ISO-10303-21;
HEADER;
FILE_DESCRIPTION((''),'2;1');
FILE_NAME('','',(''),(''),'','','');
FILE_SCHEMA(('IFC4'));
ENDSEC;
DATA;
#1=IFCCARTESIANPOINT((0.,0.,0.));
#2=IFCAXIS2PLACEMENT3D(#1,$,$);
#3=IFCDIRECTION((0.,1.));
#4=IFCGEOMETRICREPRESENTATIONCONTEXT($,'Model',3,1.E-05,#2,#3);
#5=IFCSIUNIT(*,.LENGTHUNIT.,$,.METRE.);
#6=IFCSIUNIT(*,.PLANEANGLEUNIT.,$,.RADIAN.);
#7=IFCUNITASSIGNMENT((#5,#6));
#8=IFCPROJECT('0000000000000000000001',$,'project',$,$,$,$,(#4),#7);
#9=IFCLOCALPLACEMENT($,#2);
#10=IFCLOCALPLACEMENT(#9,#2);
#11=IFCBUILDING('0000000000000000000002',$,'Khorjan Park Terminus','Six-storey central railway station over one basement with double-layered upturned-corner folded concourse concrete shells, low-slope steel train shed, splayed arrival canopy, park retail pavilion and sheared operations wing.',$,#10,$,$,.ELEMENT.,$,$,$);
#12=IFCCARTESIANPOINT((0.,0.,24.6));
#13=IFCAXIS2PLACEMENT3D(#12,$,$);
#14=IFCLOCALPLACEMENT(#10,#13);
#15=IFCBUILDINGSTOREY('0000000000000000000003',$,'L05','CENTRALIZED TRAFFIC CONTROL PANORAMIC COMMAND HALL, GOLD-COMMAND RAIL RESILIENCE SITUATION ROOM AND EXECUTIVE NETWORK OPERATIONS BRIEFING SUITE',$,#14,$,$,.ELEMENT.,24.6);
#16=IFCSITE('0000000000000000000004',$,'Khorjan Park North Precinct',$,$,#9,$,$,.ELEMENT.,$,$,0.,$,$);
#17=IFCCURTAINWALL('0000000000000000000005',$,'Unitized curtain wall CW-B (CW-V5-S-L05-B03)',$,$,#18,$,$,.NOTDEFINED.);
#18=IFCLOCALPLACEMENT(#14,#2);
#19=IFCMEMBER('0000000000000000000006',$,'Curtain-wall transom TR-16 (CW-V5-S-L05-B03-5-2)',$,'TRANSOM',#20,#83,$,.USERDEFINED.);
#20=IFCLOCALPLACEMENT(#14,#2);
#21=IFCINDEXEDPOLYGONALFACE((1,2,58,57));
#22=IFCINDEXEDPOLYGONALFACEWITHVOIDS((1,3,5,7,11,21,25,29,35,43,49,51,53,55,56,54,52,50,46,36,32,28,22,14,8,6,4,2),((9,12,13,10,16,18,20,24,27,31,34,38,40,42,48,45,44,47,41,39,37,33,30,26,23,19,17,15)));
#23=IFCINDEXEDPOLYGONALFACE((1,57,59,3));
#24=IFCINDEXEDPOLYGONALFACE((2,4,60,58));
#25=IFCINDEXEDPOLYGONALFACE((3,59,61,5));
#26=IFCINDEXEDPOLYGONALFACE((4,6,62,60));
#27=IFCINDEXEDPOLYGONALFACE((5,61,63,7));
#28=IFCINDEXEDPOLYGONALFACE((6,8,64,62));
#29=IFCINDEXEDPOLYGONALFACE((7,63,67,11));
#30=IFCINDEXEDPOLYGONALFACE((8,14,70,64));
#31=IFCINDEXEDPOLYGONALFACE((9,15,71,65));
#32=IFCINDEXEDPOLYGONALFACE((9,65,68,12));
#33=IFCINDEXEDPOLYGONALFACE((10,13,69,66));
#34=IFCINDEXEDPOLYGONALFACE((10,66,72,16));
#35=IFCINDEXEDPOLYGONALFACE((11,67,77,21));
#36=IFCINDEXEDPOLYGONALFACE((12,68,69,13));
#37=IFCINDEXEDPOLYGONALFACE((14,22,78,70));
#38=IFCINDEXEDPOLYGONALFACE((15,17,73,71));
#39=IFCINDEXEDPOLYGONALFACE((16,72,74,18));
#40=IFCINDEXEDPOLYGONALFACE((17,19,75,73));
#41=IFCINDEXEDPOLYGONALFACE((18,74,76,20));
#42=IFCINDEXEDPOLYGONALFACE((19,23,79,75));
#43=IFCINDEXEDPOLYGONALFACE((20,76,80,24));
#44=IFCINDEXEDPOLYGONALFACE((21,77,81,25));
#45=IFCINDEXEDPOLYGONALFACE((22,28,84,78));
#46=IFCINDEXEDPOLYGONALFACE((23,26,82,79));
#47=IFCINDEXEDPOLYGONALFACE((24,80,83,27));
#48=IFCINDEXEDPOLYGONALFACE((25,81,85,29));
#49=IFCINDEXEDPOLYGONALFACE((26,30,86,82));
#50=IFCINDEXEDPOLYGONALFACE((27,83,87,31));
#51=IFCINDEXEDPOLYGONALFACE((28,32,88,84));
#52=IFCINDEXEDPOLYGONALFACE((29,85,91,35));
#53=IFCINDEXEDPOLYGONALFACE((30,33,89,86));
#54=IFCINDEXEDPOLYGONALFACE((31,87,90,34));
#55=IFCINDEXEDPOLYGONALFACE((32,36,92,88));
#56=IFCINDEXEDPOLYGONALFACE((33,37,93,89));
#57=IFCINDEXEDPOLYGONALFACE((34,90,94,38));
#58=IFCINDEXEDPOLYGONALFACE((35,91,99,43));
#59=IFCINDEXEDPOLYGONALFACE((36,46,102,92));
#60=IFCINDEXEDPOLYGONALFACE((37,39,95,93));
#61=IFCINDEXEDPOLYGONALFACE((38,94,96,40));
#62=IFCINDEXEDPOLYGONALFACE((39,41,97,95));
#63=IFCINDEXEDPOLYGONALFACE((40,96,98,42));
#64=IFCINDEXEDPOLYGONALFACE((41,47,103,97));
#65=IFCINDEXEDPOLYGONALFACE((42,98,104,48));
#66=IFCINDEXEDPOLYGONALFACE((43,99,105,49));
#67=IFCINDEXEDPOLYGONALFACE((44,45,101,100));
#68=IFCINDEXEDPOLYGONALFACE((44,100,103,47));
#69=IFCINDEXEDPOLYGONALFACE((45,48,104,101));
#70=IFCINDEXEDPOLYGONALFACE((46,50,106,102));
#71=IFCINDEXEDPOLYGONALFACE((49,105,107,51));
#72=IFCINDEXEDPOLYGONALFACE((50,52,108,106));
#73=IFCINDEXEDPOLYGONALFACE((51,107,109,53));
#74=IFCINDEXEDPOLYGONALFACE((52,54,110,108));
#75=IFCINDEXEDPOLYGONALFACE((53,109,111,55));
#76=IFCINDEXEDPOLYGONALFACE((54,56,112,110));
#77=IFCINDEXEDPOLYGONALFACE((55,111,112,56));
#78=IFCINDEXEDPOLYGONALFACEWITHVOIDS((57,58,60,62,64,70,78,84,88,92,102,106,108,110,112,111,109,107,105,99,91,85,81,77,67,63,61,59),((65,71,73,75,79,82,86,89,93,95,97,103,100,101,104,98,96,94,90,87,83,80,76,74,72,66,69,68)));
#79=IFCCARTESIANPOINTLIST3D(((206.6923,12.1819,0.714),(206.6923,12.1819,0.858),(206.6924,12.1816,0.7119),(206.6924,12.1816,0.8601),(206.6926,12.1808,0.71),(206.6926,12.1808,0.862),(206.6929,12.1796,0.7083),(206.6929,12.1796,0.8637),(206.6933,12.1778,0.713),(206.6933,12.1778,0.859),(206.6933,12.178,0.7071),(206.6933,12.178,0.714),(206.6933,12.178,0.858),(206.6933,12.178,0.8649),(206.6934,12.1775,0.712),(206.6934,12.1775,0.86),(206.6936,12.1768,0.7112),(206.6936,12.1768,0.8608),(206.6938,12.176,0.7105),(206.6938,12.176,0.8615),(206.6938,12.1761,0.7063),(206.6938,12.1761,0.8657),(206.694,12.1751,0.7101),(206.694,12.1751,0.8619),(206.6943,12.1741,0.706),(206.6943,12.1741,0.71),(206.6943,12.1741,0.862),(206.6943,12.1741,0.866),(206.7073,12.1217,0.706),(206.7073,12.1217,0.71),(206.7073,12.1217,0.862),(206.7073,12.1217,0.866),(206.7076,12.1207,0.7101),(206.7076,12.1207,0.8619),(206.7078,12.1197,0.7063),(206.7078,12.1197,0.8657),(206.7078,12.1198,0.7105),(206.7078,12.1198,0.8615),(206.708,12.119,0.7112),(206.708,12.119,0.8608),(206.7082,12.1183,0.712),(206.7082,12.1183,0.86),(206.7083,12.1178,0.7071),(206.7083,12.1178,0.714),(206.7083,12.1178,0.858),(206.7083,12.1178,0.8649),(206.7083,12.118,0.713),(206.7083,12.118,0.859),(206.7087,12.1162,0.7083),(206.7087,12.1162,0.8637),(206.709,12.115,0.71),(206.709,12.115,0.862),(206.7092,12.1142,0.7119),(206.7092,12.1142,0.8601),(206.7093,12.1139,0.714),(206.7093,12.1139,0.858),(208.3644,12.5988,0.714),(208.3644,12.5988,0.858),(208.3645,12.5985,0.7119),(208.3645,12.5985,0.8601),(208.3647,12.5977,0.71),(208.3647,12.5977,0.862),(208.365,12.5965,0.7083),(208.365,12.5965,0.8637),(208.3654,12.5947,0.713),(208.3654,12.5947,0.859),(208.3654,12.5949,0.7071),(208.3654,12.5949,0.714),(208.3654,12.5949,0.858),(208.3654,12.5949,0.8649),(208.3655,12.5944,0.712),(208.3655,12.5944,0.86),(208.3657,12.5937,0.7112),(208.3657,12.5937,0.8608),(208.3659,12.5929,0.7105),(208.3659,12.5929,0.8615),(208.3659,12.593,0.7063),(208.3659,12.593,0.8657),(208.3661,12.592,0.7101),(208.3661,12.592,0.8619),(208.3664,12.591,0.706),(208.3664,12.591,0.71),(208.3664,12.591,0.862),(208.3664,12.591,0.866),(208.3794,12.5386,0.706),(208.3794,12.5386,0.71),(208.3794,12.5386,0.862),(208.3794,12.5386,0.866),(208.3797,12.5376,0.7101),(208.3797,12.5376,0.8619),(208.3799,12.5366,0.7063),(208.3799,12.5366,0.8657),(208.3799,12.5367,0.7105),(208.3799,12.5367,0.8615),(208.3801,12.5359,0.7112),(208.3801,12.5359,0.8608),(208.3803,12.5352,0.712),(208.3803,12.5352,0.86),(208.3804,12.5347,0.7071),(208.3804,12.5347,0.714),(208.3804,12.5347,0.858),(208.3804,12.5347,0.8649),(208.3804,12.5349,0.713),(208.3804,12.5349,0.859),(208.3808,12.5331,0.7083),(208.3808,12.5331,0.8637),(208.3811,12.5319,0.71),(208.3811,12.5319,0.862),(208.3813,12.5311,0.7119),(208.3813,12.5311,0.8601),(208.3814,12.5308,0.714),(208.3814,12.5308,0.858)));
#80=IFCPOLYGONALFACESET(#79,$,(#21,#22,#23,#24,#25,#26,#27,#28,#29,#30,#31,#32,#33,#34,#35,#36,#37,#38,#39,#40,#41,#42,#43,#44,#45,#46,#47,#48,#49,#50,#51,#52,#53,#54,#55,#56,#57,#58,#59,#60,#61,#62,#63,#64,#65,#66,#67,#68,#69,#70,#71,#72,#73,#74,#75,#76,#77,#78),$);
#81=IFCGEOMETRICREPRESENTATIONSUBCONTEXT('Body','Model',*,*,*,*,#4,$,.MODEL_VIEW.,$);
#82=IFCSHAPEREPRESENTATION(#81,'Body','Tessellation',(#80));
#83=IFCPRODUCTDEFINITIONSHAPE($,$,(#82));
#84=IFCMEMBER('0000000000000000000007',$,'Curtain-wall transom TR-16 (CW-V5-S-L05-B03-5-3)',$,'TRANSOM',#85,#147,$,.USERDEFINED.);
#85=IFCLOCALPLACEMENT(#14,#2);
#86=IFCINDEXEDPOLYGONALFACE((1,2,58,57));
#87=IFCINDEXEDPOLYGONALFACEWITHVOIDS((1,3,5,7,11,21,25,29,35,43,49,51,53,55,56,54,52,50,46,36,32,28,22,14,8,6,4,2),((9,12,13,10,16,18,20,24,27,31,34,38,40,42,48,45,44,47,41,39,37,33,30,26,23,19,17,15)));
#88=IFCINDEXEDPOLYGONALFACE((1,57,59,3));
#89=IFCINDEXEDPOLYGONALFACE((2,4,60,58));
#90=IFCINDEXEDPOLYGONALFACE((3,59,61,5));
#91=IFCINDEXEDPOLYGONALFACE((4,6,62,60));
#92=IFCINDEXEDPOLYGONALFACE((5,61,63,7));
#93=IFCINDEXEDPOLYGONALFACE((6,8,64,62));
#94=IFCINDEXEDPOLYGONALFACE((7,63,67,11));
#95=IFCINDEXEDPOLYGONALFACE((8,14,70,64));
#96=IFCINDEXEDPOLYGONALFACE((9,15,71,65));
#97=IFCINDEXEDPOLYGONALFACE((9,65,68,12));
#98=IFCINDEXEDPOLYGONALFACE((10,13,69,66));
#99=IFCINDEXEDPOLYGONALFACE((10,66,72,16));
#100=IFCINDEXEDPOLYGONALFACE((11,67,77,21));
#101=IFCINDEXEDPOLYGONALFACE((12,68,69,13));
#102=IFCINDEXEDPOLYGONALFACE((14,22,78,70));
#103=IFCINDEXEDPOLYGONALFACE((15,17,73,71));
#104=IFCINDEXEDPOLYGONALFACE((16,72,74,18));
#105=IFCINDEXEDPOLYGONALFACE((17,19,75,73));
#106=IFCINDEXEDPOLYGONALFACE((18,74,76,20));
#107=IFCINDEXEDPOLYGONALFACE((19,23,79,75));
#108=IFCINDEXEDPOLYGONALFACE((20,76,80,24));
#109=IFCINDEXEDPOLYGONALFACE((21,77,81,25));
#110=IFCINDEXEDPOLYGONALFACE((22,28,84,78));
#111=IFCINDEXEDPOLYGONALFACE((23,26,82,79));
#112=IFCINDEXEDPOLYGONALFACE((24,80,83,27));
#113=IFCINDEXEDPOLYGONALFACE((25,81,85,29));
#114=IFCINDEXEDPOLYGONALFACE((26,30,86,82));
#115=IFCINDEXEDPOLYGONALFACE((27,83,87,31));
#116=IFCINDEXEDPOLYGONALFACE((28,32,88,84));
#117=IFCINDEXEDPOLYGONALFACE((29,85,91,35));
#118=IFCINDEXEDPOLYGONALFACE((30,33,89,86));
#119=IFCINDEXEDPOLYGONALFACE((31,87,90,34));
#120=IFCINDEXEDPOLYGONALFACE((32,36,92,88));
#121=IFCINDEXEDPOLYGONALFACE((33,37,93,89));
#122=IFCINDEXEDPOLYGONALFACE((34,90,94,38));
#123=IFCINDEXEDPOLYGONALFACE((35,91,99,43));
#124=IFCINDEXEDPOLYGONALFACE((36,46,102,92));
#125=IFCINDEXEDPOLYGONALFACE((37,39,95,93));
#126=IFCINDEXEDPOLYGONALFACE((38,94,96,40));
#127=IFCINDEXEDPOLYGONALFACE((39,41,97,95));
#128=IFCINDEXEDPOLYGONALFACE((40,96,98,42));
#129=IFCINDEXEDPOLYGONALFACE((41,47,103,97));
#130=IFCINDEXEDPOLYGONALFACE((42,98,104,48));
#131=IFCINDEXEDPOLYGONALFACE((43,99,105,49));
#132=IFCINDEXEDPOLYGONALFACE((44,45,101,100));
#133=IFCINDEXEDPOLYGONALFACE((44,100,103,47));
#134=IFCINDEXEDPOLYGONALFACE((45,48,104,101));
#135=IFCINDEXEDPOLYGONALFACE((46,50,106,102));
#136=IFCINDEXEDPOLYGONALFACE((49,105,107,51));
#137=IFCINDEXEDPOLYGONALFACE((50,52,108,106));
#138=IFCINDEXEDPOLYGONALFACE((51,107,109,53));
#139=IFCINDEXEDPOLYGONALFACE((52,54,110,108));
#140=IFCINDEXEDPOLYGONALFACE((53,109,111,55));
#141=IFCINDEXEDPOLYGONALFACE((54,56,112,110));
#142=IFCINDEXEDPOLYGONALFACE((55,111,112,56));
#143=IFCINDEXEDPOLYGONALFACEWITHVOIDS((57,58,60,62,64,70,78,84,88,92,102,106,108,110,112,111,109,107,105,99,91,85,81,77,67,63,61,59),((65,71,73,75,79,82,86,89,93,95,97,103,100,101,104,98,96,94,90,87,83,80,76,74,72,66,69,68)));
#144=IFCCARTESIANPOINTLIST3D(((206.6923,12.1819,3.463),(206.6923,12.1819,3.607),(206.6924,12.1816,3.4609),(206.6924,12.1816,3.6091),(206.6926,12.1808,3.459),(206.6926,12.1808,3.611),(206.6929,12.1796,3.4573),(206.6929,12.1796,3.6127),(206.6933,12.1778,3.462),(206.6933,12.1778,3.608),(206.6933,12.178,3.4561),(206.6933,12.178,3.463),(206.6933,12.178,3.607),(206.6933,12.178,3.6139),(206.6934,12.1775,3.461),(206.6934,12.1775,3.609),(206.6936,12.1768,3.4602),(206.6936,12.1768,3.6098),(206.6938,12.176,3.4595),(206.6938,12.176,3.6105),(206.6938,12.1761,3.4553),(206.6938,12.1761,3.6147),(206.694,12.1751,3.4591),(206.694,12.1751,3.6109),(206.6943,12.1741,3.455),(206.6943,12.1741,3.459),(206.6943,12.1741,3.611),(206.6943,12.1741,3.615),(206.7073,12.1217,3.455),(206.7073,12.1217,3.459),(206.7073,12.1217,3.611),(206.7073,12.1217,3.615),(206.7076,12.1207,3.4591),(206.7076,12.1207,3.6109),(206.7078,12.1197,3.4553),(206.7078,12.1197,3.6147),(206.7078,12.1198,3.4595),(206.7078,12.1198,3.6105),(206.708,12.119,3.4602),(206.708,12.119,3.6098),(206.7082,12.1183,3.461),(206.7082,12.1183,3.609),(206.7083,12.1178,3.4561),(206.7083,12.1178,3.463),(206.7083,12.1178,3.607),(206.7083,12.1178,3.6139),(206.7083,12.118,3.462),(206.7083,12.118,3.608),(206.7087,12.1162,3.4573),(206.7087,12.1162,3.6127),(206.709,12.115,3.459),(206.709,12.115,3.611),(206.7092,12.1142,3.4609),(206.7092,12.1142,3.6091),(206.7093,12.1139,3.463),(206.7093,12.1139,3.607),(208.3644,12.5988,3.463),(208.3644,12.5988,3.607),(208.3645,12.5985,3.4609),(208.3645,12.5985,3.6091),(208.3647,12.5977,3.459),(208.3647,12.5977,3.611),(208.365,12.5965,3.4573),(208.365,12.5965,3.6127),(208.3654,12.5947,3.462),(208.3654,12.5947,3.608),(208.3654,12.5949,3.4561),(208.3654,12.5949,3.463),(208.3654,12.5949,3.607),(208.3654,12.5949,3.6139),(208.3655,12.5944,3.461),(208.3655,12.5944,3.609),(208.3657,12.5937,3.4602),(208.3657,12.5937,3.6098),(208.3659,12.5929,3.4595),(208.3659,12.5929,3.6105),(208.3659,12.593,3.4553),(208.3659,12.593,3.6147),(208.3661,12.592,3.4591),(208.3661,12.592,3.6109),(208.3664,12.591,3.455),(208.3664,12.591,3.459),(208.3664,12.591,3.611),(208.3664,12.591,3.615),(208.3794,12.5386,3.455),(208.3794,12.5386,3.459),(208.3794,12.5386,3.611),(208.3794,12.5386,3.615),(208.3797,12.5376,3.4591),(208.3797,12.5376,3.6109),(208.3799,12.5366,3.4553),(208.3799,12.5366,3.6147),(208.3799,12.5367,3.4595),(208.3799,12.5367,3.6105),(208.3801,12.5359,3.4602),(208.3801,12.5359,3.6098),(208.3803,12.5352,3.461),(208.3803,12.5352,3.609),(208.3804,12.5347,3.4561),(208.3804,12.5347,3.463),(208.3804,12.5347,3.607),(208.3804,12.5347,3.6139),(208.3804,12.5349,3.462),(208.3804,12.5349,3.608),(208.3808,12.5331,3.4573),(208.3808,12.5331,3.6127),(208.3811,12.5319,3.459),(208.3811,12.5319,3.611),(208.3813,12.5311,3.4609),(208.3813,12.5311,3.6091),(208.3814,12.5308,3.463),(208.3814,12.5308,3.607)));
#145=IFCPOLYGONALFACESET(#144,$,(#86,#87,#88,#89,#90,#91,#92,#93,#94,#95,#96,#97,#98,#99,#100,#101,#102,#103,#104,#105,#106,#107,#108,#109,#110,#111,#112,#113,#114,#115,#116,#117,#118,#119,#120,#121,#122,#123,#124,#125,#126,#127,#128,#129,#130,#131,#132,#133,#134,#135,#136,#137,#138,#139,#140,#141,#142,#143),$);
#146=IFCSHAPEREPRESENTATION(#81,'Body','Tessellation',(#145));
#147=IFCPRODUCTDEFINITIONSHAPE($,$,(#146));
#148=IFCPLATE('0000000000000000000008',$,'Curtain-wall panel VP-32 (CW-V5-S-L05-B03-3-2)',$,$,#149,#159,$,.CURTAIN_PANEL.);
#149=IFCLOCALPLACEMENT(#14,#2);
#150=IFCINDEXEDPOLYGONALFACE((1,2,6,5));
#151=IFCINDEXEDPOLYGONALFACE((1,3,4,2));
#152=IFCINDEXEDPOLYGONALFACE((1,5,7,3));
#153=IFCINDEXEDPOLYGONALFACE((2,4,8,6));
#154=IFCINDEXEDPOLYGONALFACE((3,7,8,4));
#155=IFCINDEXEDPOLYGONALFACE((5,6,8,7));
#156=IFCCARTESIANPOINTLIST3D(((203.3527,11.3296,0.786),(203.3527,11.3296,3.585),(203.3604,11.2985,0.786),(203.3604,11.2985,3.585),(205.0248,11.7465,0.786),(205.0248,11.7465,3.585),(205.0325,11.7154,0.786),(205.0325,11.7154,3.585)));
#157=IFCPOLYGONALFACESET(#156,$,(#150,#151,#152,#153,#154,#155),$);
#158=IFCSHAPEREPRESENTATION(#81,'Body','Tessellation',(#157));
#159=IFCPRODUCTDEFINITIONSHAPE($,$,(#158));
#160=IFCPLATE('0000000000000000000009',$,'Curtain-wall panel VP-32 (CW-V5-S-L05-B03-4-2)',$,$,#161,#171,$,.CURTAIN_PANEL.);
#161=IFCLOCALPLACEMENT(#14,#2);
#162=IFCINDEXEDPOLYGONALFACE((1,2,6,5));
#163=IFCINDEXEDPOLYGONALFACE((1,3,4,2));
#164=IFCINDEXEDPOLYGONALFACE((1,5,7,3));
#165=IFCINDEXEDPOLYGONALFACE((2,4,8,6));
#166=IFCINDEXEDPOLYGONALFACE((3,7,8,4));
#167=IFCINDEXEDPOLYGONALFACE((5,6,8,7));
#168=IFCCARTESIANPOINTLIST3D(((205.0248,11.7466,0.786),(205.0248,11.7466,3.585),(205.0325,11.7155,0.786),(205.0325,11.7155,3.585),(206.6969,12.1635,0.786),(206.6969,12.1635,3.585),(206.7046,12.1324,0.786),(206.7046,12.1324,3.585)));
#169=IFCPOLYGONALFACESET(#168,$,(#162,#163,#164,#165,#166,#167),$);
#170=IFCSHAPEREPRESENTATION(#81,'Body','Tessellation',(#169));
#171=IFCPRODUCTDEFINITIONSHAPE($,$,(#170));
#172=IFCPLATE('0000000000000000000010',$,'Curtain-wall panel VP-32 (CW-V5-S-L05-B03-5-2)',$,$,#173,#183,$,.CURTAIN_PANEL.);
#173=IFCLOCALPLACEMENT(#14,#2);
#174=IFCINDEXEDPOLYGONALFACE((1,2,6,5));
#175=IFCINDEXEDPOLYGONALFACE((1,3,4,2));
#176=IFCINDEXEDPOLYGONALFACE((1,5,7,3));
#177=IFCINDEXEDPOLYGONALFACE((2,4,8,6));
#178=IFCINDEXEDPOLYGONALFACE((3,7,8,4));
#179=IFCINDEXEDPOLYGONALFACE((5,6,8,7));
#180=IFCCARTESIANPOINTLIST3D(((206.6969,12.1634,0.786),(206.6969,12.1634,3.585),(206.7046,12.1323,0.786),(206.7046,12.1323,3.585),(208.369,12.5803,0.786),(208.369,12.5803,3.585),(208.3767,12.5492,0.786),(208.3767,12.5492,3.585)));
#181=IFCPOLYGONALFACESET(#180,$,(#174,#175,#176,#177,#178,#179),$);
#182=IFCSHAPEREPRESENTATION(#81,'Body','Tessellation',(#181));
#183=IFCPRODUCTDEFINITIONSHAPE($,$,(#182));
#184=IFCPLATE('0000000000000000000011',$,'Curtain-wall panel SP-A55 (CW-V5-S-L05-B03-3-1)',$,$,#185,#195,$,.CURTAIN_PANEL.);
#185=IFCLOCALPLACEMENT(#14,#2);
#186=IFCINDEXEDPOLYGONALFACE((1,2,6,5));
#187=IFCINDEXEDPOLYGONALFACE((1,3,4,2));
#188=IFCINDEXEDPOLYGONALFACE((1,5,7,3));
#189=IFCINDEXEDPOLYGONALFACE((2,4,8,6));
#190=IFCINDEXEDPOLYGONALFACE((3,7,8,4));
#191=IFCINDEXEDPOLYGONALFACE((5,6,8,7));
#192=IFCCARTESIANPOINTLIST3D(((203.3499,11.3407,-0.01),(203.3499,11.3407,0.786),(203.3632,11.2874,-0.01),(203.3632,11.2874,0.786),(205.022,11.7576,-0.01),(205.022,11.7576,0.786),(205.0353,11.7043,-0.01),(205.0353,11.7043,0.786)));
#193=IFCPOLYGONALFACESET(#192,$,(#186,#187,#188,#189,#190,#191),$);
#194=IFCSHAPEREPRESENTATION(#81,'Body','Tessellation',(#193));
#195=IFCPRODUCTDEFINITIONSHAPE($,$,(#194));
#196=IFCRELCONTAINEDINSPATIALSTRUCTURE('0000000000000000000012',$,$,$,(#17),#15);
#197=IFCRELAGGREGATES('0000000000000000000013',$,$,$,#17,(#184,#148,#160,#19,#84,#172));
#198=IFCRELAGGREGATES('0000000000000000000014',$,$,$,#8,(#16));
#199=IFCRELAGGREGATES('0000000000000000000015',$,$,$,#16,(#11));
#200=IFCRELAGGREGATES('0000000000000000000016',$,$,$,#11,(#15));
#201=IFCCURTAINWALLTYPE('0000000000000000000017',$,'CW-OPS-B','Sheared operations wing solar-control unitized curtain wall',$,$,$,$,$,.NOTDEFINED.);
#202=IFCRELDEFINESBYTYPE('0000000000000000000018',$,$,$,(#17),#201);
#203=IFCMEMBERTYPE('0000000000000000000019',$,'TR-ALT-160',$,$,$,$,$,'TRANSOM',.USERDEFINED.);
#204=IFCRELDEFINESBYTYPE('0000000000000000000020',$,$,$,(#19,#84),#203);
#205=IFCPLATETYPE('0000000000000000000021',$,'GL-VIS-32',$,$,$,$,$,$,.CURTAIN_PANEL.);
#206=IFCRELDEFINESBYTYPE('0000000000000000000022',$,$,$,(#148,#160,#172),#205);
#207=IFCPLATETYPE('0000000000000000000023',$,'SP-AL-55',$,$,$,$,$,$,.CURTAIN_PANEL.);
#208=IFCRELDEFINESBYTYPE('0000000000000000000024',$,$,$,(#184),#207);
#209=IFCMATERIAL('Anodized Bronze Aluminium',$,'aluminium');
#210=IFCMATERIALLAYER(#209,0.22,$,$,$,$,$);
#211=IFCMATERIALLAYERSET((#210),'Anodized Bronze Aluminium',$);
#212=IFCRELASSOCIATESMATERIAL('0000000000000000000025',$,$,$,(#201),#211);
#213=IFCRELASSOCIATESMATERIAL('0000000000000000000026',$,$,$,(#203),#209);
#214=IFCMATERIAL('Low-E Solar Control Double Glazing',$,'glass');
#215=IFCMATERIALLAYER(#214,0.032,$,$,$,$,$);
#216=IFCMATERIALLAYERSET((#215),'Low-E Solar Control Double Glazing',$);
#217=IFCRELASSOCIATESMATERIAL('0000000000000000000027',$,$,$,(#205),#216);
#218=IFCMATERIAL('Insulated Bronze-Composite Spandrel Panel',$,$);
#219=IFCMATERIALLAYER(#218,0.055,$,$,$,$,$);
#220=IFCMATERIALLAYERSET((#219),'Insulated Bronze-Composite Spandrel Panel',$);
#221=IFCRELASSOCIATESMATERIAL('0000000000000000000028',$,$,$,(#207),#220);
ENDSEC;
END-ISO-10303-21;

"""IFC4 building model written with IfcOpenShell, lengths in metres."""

from ifc_helpers import new_model, si_unit, direction, frame, origin, origin_2d, place, context, subcontext, project, spatial, rectangle, hollow_rectangle, extrude, material, layer, layer_set, material_profile, profile_set, type_object, element, aggregate, save


model = new_model("IFC4")

# Units and contexts
model_context = context("Model", 3, precision=1e-05, world=origin(), true_north=direction((0.0, 1.0)))
body_context = subcontext(model_context, "Body", "Model", "MODEL_VIEW")
ifc_project = project(units=[si_unit("LENGTHUNIT", "METRE"), si_unit("PLANEANGLEUNIT", "RADIAN")], contexts=[model_context])

# Site, building, storey
site_placement = place(None, origin())
site = spatial("IfcSite", under=ifc_project, at=site_placement, Name="Khorjan Park North Precinct", CompositionType="ELEMENT", RefElevation=0.0)
building_placement = place(site_placement, origin())
building = spatial("IfcBuilding", under=site, at=building_placement, Name="Khorjan Park Terminus", Description="Six-storey central railway station over one basement with double-layered upturned-corner folded concourse concrete shells, low-slope steel train shed, splayed arrival canopy, park retail pavilion and sheared operations wing.", CompositionType="ELEMENT")
storey_placement = place(building_placement, frame((0.0, 0.0, 24.6)))
storey = spatial("IfcBuildingStorey", under=building, at=storey_placement, Name="L05", Description="CENTRALIZED TRAFFIC CONTROL PANORAMIC COMMAND HALL, GOLD-COMMAND RAIL RESILIENCE SITUATION ROOM AND EXECUTIVE NETWORK OPERATIONS BRIEFING SUITE", CompositionType="ELEMENT", Elevation=24.6)

# Curtain wall, members, plates
ifc_material_1 = material(Name="Anodized Bronze Aluminium", Category="aluminium")
ifc_layer_1 = layer(ifc_material_1, 0.22)
ifc_layer_set_1 = layer_set([ifc_layer_1], Name="Anodized Bronze Aluminium")
curtain_wall_type = type_object("IfcCurtainWallType", Name="CW-OPS-B", Description="Sheared operations wing solar-control unitized curtain wall", PredefinedType="NOTDEFINED", material=ifc_layer_set_1)
curtain_wall_placement = place(storey_placement, origin())
curtain_wall = element("IfcCurtainWall", 1, at=curtain_wall_placement, inside=storey, type_object=curtain_wall_type, Name="Unitized curtain wall CW-B (CW-V5-S-L05-B03)", PredefinedType="NOTDEFINED")
ifc_material_profile_1 = material_profile(ifc_material_1, hollow_rectangle(XDim=0.07, YDim=0.16, WallThickness=0.004, InnerFilletRadius=0.004, OuterFilletRadius=0.008, at=origin_2d()), Name="ALT 70x160x4")
ifc_profile_set_1 = profile_set([ifc_material_profile_1], Name="Anodized Bronze Aluminium")
member_type_1 = type_object("IfcMemberType", Name="TR-ALT-160", ElementType="TRANSOM", PredefinedType="USERDEFINED", material=ifc_profile_set_1)
member_1_placement = place(storey_placement, frame((206.7008, 12.1479, 0.786), z_axis=(0.970296, 0.241921, 0.0), x_axis=(-0.241921, 0.970296, 0.0)))
member_1 = element("IfcMember", 2, at=member_1_placement, type_object=member_type_1, Name="Curtain-wall transom TR-16 (CW-V5-S-L05-B03-5-2)", ObjectType="TRANSOM", PredefinedType="USERDEFINED", context=body_context, shape_type="SweptSolid", body=[
    extrude(hollow_rectangle(XDim=0.07, YDim=0.16, WallThickness=0.004, InnerFilletRadius=0.004, OuterFilletRadius=0.008, at=origin_2d()), origin(), (0.0, 0.0, 1.0), 1.7233),
])
member_2_placement = place(storey_placement, frame((206.7008, 12.1479, 3.535), z_axis=(0.970296, 0.241921, 0.0), x_axis=(-0.241921, 0.970296, 0.0)))
member_2 = element("IfcMember", 3, at=member_2_placement, type_object=member_type_1, Name="Curtain-wall transom TR-16 (CW-V5-S-L05-B03-5-3)", ObjectType="TRANSOM", PredefinedType="USERDEFINED", context=body_context, shape_type="SweptSolid", body=[
    extrude(hollow_rectangle(XDim=0.07, YDim=0.16, WallThickness=0.004, InnerFilletRadius=0.004, OuterFilletRadius=0.008, at=origin_2d()), origin(), (0.0, 0.0, 1.0), 1.7233),
])
ifc_material_2 = material(Name="Low-E Solar Control Double Glazing", Category="glass")
ifc_layer_2 = layer(ifc_material_2, 0.032)
ifc_layer_set_2 = layer_set([ifc_layer_2], Name="Low-E Solar Control Double Glazing")
plate_type_1 = type_object("IfcPlateType", Name="GL-VIS-32", PredefinedType="CURTAIN_PANEL", material=ifc_layer_set_2)
plate_1_placement = place(storey_placement, frame((204.1926, 11.5225, 0.786), z_axis=(0.0, 0.0, 1.0), x_axis=(0.970295, 0.241926, 0.0)))
plate_1 = element("IfcPlate", 4, at=plate_1_placement, type_object=plate_type_1, Name="Curtain-wall panel VP-32 (CW-V5-S-L05-B03-3-2)", PredefinedType="CURTAIN_PANEL", context=body_context, shape_type="SweptSolid", body=[
    extrude(rectangle(XDim=1.7233, YDim=0.032, at=origin_2d()), origin(), (0.0, 0.0, 1.0), 2.799),
])
plate_2_placement = place(storey_placement, frame((205.8647, 11.9395, 0.786), z_axis=(0.0, 0.0, 1.0), x_axis=(0.970295, 0.241926, 0.0)))
plate_2 = element("IfcPlate", 5, at=plate_2_placement, type_object=plate_type_1, Name="Curtain-wall panel VP-32 (CW-V5-S-L05-B03-4-2)", PredefinedType="CURTAIN_PANEL", context=body_context, shape_type="SweptSolid", body=[
    extrude(rectangle(XDim=1.7233, YDim=0.032, at=origin_2d()), origin(), (0.0, 0.0, 1.0), 2.799),
])
plate_3_placement = place(storey_placement, frame((207.5368, 12.3563, 0.786), z_axis=(0.0, 0.0, 1.0), x_axis=(0.970295, 0.241926, 0.0)))
plate_3 = element("IfcPlate", 6, at=plate_3_placement, type_object=plate_type_1, Name="Curtain-wall panel VP-32 (CW-V5-S-L05-B03-5-2)", PredefinedType="CURTAIN_PANEL", context=body_context, shape_type="SweptSolid", body=[
    extrude(rectangle(XDim=1.7233, YDim=0.032, at=origin_2d()), origin(), (0.0, 0.0, 1.0), 2.799),
])
ifc_material_3 = material(Name="Insulated Bronze-Composite Spandrel Panel")
ifc_layer_3 = layer(ifc_material_3, 0.055)
ifc_layer_set_3 = layer_set([ifc_layer_3], Name="Insulated Bronze-Composite Spandrel Panel")
plate_type_2 = type_object("IfcPlateType", Name="SP-AL-55", PredefinedType="CURTAIN_PANEL", material=ifc_layer_set_3)
plate_4_placement = place(storey_placement, frame((204.1926, 11.5225, -0.01), z_axis=(0.0, 0.0, 1.0), x_axis=(0.970295, 0.241926, 0.0)))
plate_4 = element("IfcPlate", 7, at=plate_4_placement, type_object=plate_type_2, Name="Curtain-wall panel SP-A55 (CW-V5-S-L05-B03-3-1)", PredefinedType="CURTAIN_PANEL", context=body_context, shape_type="SweptSolid", body=[
    extrude(rectangle(XDim=1.7233, YDim=0.055, at=origin_2d()), origin(), (0.0, 0.0, 1.0), 0.796),
])
aggregate(curtain_wall, [plate_4, plate_1, plate_2, member_1, member_2, plate_3])

save(model, "model.ifc")
